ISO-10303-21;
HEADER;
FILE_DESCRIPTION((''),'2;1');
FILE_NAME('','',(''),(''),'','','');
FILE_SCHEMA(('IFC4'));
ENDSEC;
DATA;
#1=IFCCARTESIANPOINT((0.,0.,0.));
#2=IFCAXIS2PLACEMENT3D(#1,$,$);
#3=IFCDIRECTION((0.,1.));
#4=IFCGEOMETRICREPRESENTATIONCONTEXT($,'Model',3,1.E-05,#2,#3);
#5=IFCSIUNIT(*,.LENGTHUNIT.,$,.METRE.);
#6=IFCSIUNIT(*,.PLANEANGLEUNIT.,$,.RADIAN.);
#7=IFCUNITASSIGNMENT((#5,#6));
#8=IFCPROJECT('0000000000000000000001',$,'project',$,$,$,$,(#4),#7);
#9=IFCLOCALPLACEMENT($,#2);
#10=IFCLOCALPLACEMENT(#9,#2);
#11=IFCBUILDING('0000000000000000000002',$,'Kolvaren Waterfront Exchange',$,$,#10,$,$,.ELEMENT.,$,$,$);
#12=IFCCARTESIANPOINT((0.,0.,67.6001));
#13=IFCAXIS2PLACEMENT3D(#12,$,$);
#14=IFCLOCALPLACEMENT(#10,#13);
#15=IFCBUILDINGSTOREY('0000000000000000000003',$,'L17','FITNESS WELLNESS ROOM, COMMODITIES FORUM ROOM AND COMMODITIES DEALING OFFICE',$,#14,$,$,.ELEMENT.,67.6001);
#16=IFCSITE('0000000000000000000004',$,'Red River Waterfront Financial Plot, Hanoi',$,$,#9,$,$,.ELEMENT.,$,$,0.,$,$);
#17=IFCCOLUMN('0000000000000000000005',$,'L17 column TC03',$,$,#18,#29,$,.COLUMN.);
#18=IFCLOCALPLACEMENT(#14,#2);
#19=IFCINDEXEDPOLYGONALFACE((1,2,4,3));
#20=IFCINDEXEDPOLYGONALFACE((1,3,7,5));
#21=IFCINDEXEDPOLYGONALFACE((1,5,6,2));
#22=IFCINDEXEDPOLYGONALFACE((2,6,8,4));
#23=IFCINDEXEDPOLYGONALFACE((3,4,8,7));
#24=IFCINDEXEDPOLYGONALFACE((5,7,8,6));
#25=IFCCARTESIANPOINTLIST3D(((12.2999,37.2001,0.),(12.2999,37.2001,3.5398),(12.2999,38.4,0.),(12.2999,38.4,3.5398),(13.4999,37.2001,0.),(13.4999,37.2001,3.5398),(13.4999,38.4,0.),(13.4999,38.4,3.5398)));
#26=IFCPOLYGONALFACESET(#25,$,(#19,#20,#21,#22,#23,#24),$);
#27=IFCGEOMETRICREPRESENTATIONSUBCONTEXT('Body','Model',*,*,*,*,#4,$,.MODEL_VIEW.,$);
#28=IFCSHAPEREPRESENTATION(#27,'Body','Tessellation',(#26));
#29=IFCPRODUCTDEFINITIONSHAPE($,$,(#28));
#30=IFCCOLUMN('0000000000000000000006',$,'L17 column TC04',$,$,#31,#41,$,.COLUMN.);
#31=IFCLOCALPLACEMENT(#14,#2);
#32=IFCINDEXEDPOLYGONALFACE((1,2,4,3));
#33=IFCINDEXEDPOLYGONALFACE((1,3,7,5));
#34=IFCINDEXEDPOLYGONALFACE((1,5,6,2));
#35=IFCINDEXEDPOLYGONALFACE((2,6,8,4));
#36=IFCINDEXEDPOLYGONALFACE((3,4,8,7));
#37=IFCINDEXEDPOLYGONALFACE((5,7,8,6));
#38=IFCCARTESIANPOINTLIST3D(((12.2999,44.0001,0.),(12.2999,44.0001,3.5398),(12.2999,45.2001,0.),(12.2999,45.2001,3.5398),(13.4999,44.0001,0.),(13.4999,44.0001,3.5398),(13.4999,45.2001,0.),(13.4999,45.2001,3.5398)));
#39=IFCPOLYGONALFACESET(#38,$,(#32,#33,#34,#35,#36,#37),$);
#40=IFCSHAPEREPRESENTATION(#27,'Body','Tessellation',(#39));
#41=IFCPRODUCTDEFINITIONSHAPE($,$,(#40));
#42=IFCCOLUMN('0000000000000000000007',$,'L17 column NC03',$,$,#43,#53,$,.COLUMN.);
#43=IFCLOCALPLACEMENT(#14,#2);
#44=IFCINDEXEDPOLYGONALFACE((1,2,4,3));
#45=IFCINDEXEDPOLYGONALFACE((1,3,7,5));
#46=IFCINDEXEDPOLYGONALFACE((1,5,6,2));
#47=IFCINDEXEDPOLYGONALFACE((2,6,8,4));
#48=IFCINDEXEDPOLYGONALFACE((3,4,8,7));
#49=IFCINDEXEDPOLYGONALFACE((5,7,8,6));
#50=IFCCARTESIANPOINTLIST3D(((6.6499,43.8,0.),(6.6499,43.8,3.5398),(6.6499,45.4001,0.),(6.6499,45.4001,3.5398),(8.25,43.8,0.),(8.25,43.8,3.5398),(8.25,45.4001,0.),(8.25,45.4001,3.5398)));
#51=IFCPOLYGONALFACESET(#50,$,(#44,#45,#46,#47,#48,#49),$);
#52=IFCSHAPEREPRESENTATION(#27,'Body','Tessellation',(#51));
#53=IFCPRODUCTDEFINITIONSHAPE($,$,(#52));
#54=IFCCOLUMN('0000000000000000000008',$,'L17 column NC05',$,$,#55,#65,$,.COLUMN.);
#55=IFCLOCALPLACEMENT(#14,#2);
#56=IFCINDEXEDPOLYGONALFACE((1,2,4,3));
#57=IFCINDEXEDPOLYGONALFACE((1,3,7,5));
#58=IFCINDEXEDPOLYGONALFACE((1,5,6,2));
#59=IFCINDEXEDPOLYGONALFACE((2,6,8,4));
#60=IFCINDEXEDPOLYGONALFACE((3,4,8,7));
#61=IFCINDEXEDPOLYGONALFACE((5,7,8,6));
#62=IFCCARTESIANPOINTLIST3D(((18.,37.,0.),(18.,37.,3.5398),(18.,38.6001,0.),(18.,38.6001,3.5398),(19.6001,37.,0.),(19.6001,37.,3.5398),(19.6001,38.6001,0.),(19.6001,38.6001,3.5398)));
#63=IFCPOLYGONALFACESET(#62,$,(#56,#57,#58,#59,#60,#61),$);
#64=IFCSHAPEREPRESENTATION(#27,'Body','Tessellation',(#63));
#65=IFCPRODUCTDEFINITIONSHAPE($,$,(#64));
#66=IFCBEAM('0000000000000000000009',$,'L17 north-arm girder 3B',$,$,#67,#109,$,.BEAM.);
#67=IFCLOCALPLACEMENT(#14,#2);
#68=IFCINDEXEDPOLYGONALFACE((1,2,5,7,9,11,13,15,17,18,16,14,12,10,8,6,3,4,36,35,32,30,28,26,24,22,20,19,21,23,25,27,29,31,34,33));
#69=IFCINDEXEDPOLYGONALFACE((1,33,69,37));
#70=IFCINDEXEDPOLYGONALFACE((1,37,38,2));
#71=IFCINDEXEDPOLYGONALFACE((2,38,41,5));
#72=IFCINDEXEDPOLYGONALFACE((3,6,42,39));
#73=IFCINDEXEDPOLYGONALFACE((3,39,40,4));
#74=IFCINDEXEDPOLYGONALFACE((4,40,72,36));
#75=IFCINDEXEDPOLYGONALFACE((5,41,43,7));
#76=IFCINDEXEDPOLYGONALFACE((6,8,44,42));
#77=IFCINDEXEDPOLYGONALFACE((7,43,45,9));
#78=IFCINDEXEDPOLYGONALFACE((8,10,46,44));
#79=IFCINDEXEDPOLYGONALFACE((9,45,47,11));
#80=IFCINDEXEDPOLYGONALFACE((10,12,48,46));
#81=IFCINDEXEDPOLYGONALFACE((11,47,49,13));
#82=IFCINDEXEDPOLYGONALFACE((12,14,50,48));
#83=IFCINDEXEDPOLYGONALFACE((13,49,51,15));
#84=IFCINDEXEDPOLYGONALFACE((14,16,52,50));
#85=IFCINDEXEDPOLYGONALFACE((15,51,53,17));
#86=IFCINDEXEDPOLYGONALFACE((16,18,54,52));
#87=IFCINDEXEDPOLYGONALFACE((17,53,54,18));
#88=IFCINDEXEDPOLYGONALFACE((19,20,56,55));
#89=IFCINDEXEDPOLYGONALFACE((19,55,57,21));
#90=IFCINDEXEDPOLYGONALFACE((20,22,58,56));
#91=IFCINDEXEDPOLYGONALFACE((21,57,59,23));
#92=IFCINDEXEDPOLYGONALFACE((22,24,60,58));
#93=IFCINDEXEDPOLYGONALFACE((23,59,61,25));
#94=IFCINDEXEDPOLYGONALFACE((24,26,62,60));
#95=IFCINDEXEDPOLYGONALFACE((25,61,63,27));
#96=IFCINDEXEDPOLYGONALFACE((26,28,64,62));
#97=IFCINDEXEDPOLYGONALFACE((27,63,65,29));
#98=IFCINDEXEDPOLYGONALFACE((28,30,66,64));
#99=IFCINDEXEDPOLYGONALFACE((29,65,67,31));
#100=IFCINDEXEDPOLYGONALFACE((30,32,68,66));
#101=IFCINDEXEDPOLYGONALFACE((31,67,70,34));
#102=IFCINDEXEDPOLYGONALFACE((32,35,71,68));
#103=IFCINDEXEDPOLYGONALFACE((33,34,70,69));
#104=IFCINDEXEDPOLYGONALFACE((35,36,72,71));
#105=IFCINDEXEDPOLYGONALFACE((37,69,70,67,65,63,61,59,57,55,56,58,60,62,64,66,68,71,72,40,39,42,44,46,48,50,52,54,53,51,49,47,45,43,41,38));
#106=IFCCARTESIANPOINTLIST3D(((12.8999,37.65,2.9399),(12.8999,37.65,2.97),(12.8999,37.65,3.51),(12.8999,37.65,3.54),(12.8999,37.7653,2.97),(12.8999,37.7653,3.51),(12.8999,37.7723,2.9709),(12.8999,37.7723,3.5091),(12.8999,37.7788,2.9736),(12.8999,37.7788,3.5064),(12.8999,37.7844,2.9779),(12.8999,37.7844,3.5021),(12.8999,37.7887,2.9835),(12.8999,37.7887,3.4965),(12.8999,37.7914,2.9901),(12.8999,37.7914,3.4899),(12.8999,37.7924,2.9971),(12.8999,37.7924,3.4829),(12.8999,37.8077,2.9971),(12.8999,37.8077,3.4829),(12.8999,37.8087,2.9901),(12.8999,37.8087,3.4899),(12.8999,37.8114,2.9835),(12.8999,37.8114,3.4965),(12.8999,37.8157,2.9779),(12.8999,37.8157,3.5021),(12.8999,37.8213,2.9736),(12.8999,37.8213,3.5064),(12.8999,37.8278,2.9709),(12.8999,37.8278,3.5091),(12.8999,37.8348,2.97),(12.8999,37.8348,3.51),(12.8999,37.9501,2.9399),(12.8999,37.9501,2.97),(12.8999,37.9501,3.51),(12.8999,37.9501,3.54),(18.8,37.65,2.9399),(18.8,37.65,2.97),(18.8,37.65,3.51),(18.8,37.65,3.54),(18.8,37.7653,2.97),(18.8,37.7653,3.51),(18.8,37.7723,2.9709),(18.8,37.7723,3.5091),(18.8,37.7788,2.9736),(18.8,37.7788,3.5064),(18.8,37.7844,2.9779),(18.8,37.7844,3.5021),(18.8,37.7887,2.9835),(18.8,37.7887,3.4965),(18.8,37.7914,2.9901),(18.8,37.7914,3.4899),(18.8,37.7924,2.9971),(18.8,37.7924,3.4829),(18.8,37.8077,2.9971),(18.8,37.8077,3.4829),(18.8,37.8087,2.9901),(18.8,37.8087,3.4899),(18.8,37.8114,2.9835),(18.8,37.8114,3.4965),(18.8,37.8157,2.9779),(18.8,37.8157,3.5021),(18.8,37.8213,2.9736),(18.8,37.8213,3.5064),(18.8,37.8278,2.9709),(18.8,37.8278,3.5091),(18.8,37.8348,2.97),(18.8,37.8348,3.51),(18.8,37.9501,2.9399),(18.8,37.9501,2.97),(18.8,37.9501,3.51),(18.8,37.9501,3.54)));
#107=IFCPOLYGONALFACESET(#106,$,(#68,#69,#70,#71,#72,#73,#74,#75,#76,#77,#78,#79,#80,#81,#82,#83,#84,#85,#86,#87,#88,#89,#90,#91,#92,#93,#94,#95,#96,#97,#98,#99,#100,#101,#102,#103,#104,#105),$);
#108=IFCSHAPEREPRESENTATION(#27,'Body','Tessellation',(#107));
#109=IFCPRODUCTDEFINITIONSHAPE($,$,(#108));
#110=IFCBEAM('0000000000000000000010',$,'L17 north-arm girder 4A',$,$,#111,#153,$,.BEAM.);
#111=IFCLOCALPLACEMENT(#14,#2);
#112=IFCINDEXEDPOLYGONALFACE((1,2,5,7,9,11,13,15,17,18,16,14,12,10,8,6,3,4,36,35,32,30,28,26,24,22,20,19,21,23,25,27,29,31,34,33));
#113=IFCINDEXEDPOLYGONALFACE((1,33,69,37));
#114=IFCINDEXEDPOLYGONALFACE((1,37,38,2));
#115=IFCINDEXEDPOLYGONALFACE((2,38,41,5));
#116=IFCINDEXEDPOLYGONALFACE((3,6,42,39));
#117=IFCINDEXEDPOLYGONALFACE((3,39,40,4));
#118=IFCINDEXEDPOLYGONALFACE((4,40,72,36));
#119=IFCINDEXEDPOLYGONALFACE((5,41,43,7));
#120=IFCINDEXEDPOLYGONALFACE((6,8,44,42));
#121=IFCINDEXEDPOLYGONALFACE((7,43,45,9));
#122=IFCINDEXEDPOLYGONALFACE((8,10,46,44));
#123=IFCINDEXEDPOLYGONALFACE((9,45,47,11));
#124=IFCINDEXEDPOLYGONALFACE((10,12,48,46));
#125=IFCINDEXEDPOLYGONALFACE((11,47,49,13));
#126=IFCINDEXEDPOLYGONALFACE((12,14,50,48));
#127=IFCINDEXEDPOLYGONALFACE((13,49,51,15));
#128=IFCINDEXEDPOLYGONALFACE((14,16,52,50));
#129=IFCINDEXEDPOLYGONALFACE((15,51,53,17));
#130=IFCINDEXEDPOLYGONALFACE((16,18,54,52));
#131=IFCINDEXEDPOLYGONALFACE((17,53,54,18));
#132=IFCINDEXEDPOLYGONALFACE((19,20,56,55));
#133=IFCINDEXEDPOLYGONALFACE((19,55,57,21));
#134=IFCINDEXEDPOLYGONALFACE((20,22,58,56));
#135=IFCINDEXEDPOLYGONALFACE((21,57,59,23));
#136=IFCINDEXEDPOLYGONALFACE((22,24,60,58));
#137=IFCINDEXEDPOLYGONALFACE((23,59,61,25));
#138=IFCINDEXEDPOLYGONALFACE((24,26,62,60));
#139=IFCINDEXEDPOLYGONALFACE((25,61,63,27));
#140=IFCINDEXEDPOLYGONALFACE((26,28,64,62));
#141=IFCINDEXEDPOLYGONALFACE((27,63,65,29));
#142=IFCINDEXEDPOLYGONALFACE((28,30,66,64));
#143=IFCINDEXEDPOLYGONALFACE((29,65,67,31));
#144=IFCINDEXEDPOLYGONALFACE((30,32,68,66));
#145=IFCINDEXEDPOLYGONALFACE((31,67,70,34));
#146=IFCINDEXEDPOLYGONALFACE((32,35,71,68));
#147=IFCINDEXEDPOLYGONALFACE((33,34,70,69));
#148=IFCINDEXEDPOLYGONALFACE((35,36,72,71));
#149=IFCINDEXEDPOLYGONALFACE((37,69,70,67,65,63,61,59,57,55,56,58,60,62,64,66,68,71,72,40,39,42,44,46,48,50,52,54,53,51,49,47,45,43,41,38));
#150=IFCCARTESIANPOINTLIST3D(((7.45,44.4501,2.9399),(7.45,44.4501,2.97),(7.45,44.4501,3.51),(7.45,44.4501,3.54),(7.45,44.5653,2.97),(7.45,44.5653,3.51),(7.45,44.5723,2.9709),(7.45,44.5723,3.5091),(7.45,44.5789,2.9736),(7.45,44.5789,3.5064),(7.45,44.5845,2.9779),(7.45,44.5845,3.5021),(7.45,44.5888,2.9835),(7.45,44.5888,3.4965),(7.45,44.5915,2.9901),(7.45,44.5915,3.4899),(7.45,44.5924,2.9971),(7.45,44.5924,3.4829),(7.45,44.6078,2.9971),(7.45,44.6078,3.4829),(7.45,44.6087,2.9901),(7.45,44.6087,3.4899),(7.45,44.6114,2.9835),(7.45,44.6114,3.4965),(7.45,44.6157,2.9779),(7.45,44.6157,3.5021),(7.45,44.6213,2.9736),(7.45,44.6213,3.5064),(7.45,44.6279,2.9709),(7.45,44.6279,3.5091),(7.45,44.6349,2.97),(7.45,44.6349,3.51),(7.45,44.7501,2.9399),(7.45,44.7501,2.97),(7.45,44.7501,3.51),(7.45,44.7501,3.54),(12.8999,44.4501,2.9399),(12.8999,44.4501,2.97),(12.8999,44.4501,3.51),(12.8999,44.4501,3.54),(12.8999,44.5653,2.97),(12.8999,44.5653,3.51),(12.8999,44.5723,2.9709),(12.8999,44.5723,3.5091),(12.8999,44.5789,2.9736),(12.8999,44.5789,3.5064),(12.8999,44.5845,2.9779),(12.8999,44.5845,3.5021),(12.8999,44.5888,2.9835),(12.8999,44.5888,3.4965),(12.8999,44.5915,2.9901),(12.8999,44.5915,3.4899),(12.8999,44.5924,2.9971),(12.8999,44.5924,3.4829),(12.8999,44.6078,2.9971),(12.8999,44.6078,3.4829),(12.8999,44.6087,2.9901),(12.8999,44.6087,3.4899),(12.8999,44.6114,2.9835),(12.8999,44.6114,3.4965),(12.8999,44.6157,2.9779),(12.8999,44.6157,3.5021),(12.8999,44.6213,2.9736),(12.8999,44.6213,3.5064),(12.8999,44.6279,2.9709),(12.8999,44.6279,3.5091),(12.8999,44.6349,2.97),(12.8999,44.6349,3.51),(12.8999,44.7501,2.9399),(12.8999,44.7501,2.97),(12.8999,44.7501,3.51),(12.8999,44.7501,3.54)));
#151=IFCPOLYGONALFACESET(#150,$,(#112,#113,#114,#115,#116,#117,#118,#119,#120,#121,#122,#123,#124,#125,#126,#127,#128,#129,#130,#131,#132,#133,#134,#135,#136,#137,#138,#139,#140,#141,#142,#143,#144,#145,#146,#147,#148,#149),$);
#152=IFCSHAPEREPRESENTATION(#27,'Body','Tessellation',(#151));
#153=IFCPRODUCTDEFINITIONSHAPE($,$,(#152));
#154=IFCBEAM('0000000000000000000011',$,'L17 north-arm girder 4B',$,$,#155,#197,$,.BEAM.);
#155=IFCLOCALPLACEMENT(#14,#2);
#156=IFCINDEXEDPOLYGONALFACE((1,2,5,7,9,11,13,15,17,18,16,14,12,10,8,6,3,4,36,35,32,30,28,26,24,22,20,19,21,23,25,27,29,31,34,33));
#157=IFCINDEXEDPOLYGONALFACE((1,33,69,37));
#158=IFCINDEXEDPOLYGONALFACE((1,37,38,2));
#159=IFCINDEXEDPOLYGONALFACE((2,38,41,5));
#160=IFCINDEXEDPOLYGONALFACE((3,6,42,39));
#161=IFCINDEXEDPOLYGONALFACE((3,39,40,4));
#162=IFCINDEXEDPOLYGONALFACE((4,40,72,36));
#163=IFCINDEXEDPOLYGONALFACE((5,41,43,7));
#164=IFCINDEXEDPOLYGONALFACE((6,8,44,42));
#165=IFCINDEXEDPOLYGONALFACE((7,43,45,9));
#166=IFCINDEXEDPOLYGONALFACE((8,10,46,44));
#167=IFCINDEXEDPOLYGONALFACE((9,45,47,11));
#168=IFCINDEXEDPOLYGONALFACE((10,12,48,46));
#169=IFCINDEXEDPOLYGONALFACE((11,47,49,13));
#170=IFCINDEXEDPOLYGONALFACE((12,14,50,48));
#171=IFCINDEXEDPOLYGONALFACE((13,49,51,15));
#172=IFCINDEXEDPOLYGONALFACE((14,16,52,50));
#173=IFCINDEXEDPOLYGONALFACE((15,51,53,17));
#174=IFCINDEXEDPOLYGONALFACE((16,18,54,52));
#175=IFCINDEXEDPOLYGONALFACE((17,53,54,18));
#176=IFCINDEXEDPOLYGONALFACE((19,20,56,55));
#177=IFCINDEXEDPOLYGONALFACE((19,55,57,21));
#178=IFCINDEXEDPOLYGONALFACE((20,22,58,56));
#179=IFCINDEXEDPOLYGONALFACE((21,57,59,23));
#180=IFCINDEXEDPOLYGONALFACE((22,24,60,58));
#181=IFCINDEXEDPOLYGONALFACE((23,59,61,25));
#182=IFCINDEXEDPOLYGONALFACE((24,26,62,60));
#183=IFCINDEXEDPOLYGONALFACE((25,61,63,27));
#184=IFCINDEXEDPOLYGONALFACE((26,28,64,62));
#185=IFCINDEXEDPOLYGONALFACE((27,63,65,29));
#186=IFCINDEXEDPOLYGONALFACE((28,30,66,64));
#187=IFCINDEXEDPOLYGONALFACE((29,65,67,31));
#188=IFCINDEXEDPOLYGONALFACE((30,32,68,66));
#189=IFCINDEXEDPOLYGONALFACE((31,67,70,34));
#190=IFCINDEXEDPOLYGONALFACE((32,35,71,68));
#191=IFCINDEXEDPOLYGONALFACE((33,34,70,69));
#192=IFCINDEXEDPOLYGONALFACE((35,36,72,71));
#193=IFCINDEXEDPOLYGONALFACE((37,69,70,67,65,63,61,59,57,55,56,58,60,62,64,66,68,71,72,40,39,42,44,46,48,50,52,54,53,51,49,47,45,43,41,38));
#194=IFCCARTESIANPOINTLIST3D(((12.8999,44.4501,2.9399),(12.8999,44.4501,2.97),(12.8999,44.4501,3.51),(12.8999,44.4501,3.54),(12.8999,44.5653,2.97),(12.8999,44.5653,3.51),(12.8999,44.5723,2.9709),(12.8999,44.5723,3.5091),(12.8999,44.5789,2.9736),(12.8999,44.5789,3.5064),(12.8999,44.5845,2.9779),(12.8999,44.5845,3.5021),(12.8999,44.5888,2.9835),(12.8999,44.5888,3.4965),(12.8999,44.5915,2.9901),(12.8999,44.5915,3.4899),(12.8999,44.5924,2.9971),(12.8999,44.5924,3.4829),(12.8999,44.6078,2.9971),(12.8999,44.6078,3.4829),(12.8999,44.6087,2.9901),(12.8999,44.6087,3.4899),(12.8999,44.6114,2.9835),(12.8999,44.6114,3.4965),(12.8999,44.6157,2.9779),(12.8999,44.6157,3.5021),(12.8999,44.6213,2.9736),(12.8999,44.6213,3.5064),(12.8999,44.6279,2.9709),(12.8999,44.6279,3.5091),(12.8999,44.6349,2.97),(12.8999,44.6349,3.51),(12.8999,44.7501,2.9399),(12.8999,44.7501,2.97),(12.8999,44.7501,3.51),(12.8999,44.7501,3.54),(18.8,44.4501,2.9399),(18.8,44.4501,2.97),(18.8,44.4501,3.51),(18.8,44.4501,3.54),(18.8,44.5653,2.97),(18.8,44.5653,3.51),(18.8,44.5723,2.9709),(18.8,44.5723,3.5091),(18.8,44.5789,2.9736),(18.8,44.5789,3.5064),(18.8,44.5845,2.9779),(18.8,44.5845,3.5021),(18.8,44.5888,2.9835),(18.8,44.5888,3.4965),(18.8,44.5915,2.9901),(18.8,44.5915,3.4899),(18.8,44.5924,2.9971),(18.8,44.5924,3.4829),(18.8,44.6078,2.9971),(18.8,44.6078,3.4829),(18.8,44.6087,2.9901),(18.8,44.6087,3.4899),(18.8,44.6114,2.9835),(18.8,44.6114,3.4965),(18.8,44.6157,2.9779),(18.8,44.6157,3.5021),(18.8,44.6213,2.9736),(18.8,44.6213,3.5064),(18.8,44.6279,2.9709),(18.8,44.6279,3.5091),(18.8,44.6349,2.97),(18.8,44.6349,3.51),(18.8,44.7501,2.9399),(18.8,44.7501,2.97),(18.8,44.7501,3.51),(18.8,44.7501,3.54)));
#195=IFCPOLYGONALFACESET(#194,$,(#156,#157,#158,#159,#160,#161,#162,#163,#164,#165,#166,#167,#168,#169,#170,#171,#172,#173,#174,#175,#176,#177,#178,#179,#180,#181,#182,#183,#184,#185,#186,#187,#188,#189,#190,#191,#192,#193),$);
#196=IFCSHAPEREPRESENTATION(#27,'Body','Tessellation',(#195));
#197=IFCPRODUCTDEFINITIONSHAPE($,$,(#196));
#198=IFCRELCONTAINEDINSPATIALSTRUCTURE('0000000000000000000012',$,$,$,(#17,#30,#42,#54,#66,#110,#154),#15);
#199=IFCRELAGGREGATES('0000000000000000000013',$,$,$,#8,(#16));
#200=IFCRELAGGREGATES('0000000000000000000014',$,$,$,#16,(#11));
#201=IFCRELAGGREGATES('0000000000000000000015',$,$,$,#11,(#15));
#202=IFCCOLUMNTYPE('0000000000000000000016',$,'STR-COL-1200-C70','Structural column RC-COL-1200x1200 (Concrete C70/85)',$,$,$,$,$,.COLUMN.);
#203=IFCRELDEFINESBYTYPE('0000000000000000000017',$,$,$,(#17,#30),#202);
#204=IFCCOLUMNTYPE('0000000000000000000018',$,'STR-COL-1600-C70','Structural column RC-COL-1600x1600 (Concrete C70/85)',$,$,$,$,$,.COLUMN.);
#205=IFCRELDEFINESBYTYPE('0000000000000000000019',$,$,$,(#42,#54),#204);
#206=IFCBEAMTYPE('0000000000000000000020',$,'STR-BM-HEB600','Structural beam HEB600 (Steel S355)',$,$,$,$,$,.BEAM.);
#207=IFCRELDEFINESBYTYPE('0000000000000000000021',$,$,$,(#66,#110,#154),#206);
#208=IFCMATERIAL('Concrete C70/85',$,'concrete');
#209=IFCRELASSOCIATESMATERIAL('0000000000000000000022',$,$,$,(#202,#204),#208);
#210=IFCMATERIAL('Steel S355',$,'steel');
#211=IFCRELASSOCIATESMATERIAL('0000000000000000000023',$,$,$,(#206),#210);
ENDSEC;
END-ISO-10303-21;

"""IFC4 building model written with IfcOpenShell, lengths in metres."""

from ifc_helpers import new_model, si_unit, direction, frame, origin, origin_2d, place, context, subcontext, project, spatial, rectangle, i_section, extrude, material, material_profile, profile_set, type_object, element, save


model = new_model("IFC4")

# Units and contexts
model_context = context("Model", 3, precision=1e-05, world=origin(), true_north=direction((0.0, 1.0)))
body_context = subcontext(model_context, "Body", "Model", "MODEL_VIEW")
ifc_project = project(units=[si_unit("LENGTHUNIT", "METRE"), si_unit("PLANEANGLEUNIT", "RADIAN")], contexts=[model_context])

# Site, building, storey
site_placement = place(None, origin())
site = spatial("IfcSite", under=ifc_project, at=site_placement, Name="Red River Waterfront Financial Plot, Hanoi", CompositionType="ELEMENT", RefElevation=0.0)
building_placement = place(site_placement, origin())
building = spatial("IfcBuilding", under=site, at=building_placement, Name="Kolvaren Waterfront Exchange", CompositionType="ELEMENT")
storey_placement = place(building_placement, frame((0.0, 0.0, 67.6001)))
storey = spatial("IfcBuildingStorey", under=building, at=storey_placement, Name="L17", Description="FITNESS WELLNESS ROOM, COMMODITIES FORUM ROOM AND COMMODITIES DEALING OFFICE", CompositionType="ELEMENT", Elevation=67.6001)

# Columns
ifc_material_1 = material(Name="Concrete C70/85", Category="concrete")
ifc_material_profile_1 = material_profile(ifc_material_1, rectangle(XDim=1.2, YDim=1.2, at=origin_2d()), Name="RC-COL-1200x1200")
ifc_profile_set_1 = profile_set([ifc_material_profile_1], Name="Concrete C70/85")
column_type_1 = type_object("IfcColumnType", Name="STR-COL-1200-C70", Description="Structural column RC-COL-1200x1200 (Concrete C70/85)", PredefinedType="COLUMN", material=ifc_profile_set_1)
for number, where, z_axis, x_axis, name in (
    (1, (12.8999, 37.8, 0.0), (0.0, 0.0, 1.0), (1.0, 0.0, 0.0), "L17 column TC03"),
    (2, (12.8999, 44.6001, 0.0), (0.0, 0.0, 1.0), (1.0, 0.0, 0.0), "L17 column TC04"),
):
    element("IfcColumn", number, at=place(storey_placement, frame(where, z_axis=z_axis, x_axis=x_axis)), inside=storey, type_object=column_type_1, Name=name, PredefinedType="COLUMN", context=body_context, shape_type="SweptSolid", body=[
        extrude(rectangle(XDim=1.2, YDim=1.2, at=origin_2d()), origin(), (0.0, 0.0, 1.0), 3.5398),
    ])
ifc_material_profile_2 = material_profile(ifc_material_1, rectangle(XDim=1.6001, YDim=1.6001, at=origin_2d()), Name="RC-COL-1600x1600")
ifc_profile_set_2 = profile_set([ifc_material_profile_2], Name="Concrete C70/85")
column_type_2 = type_object("IfcColumnType", Name="STR-COL-1600-C70", Description="Structural column RC-COL-1600x1600 (Concrete C70/85)", PredefinedType="COLUMN", material=ifc_profile_set_2)
for number, where, z_axis, x_axis, name in (
    (3, (7.45, 44.6001, 0.0), (0.0, 0.0, 1.0), (1.0, 0.0, 0.0), "L17 column NC03"),
    (4, (18.8, 37.8, 0.0), (0.0, 0.0, 1.0), (1.0, 0.0, 0.0), "L17 column NC05"),
):
    element("IfcColumn", number, at=place(storey_placement, frame(where, z_axis=z_axis, x_axis=x_axis)), inside=storey, type_object=column_type_2, Name=name, PredefinedType="COLUMN", context=body_context, shape_type="SweptSolid", body=[
        extrude(rectangle(XDim=1.6001, YDim=1.6001, at=origin_2d()), origin(), (0.0, 0.0, 1.0), 3.5398),
    ])

# Beams
ifc_material_2 = material(Name="Steel S355", Category="steel")
ifc_material_profile_3 = material_profile(ifc_material_2, i_section(OverallWidth=0.3, OverallDepth=0.6001, WebThickness=0.0154, FlangeThickness=0.03, FilletRadius=0.0271, at=origin_2d()), Name="HEB600")
ifc_profile_set_3 = profile_set([ifc_material_profile_3], Name="Steel S355")
beam_type_1 = type_object("IfcBeamType", Name="STR-BM-HEB600", Description="Structural beam HEB600 (Steel S355)", PredefinedType="BEAM", material=ifc_profile_set_3)
beam_1_placement = place(storey_placement, frame((12.8999, 37.8, 3.24), z_axis=(1.0, 0.0, 0.0), x_axis=(0.0, 1.0, 0.0)))
element("IfcBeam", 5, at=beam_1_placement, inside=storey, type_object=beam_type_1, Name="L17 north-arm girder 3B", PredefinedType="BEAM", context=body_context, shape_type="SweptSolid", body=[
    extrude(i_section(OverallWidth=0.3, OverallDepth=0.6001, WebThickness=0.0154, FlangeThickness=0.03, FilletRadius=0.0271, at=origin_2d()), origin(), (0.0, 0.0, 1.0), 5.9001),
])
beam_2_placement = place(storey_placement, frame((7.45, 44.6001, 3.24), z_axis=(1.0, 0.0, 0.0), x_axis=(0.0, 1.0, 0.0)))
element("IfcBeam", 6, at=beam_2_placement, inside=storey, type_object=beam_type_1, Name="L17 north-arm girder 4A", PredefinedType="BEAM", context=body_context, shape_type="SweptSolid", body=[
    extrude(i_section(OverallWidth=0.3, OverallDepth=0.6001, WebThickness=0.0154, FlangeThickness=0.03, FilletRadius=0.0271, at=origin_2d()), origin(), (0.0, 0.0, 1.0), 5.45),
])
beam_3_placement = place(storey_placement, frame((12.8999, 44.6001, 3.24), z_axis=(1.0, 0.0, 0.0), x_axis=(0.0, 1.0, 0.0)))
element("IfcBeam", 7, at=beam_3_placement, inside=storey, type_object=beam_type_1, Name="L17 north-arm girder 4B", PredefinedType="BEAM", context=body_context, shape_type="SweptSolid", body=[
    extrude(i_section(OverallWidth=0.3, OverallDepth=0.6001, WebThickness=0.0154, FlangeThickness=0.03, FilletRadius=0.0271, at=origin_2d()), origin(), (0.0, 0.0, 1.0), 5.9001),
])

save(model, "model.ifc")
